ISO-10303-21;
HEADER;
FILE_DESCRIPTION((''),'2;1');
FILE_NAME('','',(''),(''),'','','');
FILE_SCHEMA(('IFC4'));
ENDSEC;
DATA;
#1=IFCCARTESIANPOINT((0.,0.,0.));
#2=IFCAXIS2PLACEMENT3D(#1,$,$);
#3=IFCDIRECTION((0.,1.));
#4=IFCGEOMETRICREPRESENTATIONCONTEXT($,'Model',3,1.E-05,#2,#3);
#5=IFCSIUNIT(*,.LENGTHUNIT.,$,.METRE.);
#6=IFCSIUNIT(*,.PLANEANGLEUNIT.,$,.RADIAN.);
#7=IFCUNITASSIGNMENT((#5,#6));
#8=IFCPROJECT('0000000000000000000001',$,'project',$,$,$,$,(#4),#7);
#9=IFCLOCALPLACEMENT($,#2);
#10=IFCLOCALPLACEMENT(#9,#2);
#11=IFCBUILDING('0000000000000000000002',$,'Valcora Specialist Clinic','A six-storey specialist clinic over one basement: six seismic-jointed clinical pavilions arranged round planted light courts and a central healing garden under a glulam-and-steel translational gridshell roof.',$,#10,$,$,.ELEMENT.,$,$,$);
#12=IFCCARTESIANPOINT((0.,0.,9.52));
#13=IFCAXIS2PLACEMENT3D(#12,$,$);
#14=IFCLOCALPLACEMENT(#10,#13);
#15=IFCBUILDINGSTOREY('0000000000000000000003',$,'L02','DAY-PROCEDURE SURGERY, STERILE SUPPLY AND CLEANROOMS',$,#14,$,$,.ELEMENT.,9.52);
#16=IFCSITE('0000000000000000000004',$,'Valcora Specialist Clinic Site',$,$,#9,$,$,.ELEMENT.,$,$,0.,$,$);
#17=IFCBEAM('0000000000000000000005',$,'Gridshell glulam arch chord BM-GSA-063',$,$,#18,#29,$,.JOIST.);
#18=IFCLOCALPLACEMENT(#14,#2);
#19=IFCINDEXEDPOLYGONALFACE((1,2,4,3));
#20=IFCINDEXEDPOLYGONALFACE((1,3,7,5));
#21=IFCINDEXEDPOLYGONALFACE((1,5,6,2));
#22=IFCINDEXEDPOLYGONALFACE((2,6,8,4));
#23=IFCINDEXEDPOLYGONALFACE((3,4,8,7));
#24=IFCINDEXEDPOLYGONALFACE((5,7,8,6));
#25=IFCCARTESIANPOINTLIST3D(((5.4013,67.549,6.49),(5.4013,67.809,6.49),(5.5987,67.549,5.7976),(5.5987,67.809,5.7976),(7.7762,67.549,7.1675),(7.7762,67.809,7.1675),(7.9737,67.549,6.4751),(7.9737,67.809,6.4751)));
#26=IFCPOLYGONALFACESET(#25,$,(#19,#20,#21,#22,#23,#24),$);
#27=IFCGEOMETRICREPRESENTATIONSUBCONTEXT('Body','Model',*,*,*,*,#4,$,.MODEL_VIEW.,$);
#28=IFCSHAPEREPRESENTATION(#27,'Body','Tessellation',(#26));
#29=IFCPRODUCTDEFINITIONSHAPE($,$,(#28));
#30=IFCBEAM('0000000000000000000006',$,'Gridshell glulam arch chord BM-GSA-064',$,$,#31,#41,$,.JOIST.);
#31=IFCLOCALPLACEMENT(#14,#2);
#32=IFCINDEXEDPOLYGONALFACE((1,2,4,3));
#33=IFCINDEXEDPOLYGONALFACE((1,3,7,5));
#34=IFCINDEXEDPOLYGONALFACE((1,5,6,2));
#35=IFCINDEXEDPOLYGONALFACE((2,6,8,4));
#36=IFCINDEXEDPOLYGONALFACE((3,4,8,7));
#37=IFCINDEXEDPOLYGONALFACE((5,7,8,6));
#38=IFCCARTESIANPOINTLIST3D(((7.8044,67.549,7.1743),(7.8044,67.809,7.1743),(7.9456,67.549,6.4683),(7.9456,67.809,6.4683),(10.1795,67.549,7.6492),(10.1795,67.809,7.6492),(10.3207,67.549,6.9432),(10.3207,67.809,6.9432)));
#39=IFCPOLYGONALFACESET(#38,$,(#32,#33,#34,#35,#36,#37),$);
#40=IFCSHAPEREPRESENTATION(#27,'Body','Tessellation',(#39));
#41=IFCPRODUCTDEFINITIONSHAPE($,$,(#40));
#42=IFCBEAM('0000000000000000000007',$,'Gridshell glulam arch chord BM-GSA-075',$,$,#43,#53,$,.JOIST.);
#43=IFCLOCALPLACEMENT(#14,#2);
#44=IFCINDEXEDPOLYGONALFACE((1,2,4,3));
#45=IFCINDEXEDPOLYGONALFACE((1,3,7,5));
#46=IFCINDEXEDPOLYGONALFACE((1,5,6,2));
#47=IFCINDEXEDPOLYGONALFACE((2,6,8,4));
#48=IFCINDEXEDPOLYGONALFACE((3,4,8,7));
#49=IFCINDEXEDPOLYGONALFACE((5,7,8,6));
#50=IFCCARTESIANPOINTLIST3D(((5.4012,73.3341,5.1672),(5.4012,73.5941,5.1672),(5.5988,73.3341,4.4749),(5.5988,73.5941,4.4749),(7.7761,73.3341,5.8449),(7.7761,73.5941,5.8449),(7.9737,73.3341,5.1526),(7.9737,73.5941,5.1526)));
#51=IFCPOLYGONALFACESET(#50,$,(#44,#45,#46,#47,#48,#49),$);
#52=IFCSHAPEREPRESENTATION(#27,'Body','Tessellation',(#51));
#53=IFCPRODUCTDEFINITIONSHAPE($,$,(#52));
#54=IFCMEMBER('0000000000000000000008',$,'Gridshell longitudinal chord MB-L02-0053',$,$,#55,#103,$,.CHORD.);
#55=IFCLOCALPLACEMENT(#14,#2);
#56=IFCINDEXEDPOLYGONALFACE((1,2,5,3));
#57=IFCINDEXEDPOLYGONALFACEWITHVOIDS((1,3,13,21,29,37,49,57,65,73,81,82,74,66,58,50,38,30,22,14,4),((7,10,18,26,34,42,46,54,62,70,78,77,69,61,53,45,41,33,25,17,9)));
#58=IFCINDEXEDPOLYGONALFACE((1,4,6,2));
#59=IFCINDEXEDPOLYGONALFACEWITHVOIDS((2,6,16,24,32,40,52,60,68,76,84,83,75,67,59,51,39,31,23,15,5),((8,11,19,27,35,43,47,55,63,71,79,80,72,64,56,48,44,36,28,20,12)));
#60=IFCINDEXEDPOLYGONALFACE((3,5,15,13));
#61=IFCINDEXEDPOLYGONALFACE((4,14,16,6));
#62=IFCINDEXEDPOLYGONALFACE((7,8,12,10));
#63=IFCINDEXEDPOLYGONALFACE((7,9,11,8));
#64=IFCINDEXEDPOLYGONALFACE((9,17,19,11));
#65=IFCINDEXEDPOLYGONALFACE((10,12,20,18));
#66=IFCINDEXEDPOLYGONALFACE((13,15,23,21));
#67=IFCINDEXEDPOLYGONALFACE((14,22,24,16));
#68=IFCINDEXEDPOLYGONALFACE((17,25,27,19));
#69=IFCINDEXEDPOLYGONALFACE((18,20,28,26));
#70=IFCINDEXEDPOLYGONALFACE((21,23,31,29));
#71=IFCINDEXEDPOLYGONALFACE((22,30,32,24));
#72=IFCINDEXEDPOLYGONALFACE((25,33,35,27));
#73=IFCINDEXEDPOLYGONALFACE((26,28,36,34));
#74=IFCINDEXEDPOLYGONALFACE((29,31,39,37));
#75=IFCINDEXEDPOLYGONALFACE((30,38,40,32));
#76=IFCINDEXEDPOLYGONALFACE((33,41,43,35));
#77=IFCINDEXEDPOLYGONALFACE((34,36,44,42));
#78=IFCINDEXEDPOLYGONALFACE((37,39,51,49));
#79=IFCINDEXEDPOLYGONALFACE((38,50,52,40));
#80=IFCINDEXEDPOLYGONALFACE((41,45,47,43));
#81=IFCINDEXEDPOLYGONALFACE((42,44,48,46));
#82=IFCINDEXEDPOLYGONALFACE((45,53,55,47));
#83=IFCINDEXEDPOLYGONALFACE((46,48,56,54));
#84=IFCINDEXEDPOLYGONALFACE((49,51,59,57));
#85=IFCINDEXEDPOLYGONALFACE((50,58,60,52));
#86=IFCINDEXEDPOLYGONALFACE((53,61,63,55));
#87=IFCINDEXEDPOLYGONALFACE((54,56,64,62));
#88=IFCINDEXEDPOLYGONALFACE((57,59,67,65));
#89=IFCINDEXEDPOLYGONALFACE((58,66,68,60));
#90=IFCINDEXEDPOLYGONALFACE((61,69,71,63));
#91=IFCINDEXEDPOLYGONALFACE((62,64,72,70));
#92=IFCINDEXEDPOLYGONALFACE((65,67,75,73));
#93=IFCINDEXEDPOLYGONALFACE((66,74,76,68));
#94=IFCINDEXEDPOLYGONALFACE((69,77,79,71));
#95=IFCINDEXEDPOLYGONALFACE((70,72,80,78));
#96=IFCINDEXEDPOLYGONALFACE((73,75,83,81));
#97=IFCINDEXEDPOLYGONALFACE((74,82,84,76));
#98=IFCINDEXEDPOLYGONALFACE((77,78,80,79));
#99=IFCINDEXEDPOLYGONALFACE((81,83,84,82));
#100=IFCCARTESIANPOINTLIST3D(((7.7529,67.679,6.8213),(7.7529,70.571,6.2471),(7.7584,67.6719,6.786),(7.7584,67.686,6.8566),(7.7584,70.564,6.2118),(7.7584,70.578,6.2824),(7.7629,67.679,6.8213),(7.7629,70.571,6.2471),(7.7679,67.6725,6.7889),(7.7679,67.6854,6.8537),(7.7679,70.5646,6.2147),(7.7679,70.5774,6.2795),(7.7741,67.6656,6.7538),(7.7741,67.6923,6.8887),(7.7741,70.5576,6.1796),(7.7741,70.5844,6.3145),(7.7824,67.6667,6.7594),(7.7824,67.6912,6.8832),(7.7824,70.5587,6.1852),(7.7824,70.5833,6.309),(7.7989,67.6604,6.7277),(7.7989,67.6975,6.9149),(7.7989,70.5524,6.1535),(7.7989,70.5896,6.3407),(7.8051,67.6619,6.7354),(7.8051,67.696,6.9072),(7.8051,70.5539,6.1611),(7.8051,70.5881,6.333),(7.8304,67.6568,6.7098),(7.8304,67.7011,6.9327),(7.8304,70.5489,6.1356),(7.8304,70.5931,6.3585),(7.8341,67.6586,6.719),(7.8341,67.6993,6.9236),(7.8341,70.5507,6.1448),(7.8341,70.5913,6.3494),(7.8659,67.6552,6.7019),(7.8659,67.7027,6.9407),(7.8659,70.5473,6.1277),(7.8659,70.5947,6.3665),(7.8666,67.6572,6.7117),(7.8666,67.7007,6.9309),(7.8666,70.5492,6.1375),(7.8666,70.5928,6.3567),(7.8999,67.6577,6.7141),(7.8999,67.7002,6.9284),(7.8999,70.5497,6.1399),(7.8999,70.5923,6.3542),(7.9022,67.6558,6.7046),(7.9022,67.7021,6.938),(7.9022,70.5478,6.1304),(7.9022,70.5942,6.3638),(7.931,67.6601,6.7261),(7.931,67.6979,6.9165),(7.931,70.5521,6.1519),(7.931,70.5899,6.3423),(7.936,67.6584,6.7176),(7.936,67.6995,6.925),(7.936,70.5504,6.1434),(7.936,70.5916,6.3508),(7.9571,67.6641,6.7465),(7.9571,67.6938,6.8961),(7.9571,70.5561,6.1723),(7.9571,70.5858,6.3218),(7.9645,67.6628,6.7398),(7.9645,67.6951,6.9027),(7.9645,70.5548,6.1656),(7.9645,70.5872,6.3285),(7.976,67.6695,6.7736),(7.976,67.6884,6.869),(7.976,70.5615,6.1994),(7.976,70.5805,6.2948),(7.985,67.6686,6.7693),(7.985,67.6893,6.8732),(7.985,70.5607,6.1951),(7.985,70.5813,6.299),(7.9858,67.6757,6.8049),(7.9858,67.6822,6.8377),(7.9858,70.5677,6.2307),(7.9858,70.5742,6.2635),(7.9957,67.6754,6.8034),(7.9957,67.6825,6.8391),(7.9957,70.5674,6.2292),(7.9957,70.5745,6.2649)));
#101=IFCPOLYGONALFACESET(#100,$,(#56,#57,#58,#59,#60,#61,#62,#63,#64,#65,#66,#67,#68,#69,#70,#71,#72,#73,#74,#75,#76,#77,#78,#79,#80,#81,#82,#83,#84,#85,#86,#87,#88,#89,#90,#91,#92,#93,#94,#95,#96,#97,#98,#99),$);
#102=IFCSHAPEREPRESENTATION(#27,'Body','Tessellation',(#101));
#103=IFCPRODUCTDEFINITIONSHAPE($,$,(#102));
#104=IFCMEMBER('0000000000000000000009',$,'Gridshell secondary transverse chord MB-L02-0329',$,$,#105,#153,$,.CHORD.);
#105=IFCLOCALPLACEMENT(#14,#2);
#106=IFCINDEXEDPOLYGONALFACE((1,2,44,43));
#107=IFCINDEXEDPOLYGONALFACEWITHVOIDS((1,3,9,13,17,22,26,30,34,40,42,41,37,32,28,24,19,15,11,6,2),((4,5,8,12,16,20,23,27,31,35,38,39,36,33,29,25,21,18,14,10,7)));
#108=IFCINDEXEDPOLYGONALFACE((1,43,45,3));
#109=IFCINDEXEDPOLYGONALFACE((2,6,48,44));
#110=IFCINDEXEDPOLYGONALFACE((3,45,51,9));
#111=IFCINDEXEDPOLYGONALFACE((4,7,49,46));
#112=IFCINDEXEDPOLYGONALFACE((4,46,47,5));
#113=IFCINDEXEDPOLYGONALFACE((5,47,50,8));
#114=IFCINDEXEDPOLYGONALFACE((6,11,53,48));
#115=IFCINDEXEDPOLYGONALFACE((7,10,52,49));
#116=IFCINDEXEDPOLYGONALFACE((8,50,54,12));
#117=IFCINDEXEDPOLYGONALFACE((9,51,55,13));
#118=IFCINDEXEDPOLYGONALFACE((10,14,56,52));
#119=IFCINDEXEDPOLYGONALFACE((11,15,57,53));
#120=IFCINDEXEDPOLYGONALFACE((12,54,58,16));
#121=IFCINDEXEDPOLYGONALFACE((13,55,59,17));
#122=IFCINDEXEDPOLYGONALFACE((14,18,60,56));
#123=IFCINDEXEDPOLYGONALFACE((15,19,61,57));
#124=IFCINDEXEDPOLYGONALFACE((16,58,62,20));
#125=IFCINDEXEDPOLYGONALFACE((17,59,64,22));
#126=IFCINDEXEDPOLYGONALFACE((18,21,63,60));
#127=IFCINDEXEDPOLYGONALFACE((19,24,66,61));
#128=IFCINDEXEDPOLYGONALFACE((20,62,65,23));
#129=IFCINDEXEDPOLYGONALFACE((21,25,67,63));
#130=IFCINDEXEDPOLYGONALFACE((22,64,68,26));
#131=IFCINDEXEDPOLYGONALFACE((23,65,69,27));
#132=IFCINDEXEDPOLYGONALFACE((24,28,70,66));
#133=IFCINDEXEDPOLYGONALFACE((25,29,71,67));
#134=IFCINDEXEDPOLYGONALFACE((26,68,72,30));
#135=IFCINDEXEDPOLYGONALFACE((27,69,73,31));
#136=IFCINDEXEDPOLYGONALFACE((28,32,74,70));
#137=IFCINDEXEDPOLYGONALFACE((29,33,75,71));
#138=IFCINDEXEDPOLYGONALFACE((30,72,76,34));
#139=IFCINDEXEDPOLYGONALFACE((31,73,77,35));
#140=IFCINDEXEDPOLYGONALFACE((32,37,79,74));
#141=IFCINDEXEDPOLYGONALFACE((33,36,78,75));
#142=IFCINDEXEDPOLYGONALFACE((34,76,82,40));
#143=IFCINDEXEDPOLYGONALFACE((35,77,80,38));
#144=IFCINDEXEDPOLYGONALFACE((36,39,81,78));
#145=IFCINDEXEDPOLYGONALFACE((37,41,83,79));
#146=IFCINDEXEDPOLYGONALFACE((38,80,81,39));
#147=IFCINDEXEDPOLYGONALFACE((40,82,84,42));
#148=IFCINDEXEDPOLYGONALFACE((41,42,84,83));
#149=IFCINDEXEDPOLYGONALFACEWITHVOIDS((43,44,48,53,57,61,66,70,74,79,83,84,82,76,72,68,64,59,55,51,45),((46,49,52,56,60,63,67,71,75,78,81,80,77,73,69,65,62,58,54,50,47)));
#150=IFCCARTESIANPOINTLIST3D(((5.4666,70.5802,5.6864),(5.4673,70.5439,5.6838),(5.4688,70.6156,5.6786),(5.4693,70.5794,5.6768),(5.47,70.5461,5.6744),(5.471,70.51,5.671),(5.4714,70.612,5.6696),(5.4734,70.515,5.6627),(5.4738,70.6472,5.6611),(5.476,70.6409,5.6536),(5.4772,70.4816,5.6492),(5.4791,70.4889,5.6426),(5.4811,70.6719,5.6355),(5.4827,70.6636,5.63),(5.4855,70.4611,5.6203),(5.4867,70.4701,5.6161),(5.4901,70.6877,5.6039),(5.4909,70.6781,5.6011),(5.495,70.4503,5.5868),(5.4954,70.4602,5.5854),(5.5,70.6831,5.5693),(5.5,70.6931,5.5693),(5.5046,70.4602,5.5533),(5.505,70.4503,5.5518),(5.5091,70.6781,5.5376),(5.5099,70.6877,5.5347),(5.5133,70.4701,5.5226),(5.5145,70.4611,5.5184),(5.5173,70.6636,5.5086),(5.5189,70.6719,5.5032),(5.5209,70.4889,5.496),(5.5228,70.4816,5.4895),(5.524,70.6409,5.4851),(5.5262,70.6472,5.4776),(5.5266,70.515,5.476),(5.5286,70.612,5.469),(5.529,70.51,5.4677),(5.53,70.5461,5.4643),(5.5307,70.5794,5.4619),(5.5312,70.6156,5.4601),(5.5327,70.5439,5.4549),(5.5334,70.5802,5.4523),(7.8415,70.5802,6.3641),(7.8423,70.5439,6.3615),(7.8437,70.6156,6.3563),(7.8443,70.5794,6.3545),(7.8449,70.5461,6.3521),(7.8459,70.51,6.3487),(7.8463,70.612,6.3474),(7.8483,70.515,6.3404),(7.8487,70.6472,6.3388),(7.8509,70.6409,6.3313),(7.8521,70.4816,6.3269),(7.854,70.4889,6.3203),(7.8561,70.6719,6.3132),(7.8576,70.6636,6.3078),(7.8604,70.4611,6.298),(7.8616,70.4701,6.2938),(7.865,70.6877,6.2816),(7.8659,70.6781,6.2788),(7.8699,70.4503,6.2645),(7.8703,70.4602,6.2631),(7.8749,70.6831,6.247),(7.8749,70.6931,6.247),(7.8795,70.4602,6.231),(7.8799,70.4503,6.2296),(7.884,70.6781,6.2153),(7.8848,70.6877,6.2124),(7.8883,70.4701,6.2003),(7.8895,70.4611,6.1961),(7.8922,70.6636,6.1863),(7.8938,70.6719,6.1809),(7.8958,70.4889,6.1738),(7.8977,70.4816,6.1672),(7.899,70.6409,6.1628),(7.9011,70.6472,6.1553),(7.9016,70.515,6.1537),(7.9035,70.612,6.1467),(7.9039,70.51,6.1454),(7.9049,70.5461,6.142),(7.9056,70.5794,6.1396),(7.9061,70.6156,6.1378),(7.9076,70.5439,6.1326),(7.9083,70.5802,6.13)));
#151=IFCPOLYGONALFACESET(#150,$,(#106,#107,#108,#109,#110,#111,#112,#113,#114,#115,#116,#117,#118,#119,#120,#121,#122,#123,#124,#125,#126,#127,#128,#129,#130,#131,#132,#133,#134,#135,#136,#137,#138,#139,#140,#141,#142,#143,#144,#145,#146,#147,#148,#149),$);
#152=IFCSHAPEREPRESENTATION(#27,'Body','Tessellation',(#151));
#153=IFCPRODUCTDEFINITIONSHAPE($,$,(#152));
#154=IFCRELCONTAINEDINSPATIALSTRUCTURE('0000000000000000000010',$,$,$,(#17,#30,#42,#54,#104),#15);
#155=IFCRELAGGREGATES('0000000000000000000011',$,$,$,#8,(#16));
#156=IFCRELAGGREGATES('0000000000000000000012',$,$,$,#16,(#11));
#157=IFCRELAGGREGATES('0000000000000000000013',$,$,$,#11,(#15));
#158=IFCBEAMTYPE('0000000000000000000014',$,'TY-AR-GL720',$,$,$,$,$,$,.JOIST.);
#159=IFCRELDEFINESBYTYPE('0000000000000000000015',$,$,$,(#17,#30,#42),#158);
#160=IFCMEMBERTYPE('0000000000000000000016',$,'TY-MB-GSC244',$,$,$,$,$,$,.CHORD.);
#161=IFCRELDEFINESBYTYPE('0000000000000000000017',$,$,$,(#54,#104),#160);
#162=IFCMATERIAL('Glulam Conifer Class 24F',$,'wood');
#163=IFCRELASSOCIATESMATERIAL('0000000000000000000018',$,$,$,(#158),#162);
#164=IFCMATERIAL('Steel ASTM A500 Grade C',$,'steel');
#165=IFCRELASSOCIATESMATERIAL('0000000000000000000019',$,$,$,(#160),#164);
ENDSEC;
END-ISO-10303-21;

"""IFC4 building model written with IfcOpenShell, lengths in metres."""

from ifc_helpers import new_model, si_unit, direction, frame, origin, origin_2d, place, context, subcontext, project, spatial, rectangle, hollow_circle, extrude, material, material_profile, profile_set, type_object, element, save


model = new_model("IFC4")

# Units and contexts
model_context = context("Model", 3, precision=1e-05, world=origin(), true_north=direction((0.0, 1.0)))
body_context = subcontext(model_context, "Body", "Model", "MODEL_VIEW")
ifc_project = project(units=[si_unit("LENGTHUNIT", "METRE"), si_unit("PLANEANGLEUNIT", "RADIAN")], contexts=[model_context])

# Site, building, storey
site_placement = place(None, origin())
site = spatial("IfcSite", under=ifc_project, at=site_placement, Name="Valcora Specialist Clinic Site", CompositionType="ELEMENT", RefElevation=0.0)
building_placement = place(site_placement, origin())
building = spatial("IfcBuilding", under=site, at=building_placement, Name="Valcora Specialist Clinic", Description="A six-storey specialist clinic over one basement: six seismic-jointed clinical pavilions arranged round planted light courts and a central healing garden under a glulam-and-steel translational gridshell roof.", CompositionType="ELEMENT")
storey_placement = place(building_placement, frame((0.0, 0.0, 9.52)))
storey = spatial("IfcBuildingStorey", under=building, at=storey_placement, Name="L02", Description="DAY-PROCEDURE SURGERY, STERILE SUPPLY AND CLEANROOMS", CompositionType="ELEMENT", Elevation=9.52)

# Beams
ifc_material_1 = material(Name="Glulam Conifer Class 24F", Category="wood")
ifc_material_profile_1 = material_profile(ifc_material_1, rectangle(XDim=0.26, YDim=0.72, at=origin_2d()), Name="GL-ARC-260X720")
ifc_profile_set_1 = profile_set([ifc_material_profile_1], Name="Glulam Conifer Class 24F")
beam_type = type_object("IfcBeamType", Name="TY-AR-GL720", PredefinedType="JOIST", material=ifc_profile_set_1)
beam_1_placement = place(storey_placement, frame((5.5, 67.679, 6.1438), z_axis=(0.96164, 0.0, 0.274316), x_axis=(0.0, 1.0, 0.0)))
element("IfcBeam", 1, at=beam_1_placement, inside=storey, type_object=beam_type, Name="Gridshell glulam arch chord BM-GSA-063", PredefinedType="JOIST", context=body_context, shape_type="SweptSolid", body=[
    extrude(rectangle(XDim=0.26, YDim=0.72, at=origin_2d()), origin(), (0.0, 0.0, 1.0), 2.4697),
])
beam_2_placement = place(storey_placement, frame((7.875, 67.679, 6.8213), z_axis=(0.980592, 0.0, 0.196058), x_axis=(0.0, 1.0, 0.0)))
element("IfcBeam", 2, at=beam_2_placement, inside=storey, type_object=beam_type, Name="Gridshell glulam arch chord BM-GSA-064", PredefinedType="JOIST", context=body_context, shape_type="SweptSolid", body=[
    extrude(rectangle(XDim=0.26, YDim=0.72, at=origin_2d()), origin(), (0.0, 0.0, 1.0), 2.4221),
])
beam_3_placement = place(storey_placement, frame((5.5, 73.4641, 4.821), z_axis=(0.961613, 0.0, 0.274408), x_axis=(0.0, 1.0, 0.0)))
element("IfcBeam", 3, at=beam_3_placement, inside=storey, type_object=beam_type, Name="Gridshell glulam arch chord BM-GSA-075", PredefinedType="JOIST", context=body_context, shape_type="SweptSolid", body=[
    extrude(rectangle(XDim=0.26, YDim=0.72, at=origin_2d()), origin(), (0.0, 0.0, 1.0), 2.4697),
])

# Members
ifc_material_2 = material(Name="Steel ASTM A500 Grade C", Category="steel")
ifc_material_profile_2 = material_profile(ifc_material_2, hollow_circle(Radius=0.1221, WallThickness=0.01, at=origin_2d()), Name="ST-CHS-244X10")
ifc_profile_set_2 = profile_set([ifc_material_profile_2], Name="Steel ASTM A500 Grade C")
member_type_1 = type_object("IfcMemberType", Name="TY-MB-GSC244", PredefinedType="CHORD", material=ifc_profile_set_2)
member_1_placement = place(storey_placement, frame((7.875, 67.679, 6.8213), z_axis=(0.0, 0.980854, -0.194747), x_axis=(-1.0, 0.0, 0.0)))
element("IfcMember", 4, at=member_1_placement, inside=storey, type_object=member_type_1, Name="Gridshell longitudinal chord MB-L02-0053", PredefinedType="CHORD", context=body_context, shape_type="SweptSolid", body=[
    extrude(hollow_circle(Radius=0.1221, WallThickness=0.01, at=origin_2d()), origin(), (0.0, 0.0, 1.0), 2.9485),
])
member_2_placement = place(storey_placement, frame((5.5, 70.571, 5.5693), z_axis=(0.961613, 0.0, 0.274408), x_axis=(0.0, 1.0, 0.0)))
element("IfcMember", 5, at=member_2_placement, inside=storey, type_object=member_type_1, Name="Gridshell secondary transverse chord MB-L02-0329", PredefinedType="CHORD", context=body_context, shape_type="SweptSolid", body=[
    extrude(hollow_circle(Radius=0.1221, WallThickness=0.01, at=origin_2d()), origin(), (0.0, 0.0, 1.0), 2.4697),
])

save(model, "model.ifc")
